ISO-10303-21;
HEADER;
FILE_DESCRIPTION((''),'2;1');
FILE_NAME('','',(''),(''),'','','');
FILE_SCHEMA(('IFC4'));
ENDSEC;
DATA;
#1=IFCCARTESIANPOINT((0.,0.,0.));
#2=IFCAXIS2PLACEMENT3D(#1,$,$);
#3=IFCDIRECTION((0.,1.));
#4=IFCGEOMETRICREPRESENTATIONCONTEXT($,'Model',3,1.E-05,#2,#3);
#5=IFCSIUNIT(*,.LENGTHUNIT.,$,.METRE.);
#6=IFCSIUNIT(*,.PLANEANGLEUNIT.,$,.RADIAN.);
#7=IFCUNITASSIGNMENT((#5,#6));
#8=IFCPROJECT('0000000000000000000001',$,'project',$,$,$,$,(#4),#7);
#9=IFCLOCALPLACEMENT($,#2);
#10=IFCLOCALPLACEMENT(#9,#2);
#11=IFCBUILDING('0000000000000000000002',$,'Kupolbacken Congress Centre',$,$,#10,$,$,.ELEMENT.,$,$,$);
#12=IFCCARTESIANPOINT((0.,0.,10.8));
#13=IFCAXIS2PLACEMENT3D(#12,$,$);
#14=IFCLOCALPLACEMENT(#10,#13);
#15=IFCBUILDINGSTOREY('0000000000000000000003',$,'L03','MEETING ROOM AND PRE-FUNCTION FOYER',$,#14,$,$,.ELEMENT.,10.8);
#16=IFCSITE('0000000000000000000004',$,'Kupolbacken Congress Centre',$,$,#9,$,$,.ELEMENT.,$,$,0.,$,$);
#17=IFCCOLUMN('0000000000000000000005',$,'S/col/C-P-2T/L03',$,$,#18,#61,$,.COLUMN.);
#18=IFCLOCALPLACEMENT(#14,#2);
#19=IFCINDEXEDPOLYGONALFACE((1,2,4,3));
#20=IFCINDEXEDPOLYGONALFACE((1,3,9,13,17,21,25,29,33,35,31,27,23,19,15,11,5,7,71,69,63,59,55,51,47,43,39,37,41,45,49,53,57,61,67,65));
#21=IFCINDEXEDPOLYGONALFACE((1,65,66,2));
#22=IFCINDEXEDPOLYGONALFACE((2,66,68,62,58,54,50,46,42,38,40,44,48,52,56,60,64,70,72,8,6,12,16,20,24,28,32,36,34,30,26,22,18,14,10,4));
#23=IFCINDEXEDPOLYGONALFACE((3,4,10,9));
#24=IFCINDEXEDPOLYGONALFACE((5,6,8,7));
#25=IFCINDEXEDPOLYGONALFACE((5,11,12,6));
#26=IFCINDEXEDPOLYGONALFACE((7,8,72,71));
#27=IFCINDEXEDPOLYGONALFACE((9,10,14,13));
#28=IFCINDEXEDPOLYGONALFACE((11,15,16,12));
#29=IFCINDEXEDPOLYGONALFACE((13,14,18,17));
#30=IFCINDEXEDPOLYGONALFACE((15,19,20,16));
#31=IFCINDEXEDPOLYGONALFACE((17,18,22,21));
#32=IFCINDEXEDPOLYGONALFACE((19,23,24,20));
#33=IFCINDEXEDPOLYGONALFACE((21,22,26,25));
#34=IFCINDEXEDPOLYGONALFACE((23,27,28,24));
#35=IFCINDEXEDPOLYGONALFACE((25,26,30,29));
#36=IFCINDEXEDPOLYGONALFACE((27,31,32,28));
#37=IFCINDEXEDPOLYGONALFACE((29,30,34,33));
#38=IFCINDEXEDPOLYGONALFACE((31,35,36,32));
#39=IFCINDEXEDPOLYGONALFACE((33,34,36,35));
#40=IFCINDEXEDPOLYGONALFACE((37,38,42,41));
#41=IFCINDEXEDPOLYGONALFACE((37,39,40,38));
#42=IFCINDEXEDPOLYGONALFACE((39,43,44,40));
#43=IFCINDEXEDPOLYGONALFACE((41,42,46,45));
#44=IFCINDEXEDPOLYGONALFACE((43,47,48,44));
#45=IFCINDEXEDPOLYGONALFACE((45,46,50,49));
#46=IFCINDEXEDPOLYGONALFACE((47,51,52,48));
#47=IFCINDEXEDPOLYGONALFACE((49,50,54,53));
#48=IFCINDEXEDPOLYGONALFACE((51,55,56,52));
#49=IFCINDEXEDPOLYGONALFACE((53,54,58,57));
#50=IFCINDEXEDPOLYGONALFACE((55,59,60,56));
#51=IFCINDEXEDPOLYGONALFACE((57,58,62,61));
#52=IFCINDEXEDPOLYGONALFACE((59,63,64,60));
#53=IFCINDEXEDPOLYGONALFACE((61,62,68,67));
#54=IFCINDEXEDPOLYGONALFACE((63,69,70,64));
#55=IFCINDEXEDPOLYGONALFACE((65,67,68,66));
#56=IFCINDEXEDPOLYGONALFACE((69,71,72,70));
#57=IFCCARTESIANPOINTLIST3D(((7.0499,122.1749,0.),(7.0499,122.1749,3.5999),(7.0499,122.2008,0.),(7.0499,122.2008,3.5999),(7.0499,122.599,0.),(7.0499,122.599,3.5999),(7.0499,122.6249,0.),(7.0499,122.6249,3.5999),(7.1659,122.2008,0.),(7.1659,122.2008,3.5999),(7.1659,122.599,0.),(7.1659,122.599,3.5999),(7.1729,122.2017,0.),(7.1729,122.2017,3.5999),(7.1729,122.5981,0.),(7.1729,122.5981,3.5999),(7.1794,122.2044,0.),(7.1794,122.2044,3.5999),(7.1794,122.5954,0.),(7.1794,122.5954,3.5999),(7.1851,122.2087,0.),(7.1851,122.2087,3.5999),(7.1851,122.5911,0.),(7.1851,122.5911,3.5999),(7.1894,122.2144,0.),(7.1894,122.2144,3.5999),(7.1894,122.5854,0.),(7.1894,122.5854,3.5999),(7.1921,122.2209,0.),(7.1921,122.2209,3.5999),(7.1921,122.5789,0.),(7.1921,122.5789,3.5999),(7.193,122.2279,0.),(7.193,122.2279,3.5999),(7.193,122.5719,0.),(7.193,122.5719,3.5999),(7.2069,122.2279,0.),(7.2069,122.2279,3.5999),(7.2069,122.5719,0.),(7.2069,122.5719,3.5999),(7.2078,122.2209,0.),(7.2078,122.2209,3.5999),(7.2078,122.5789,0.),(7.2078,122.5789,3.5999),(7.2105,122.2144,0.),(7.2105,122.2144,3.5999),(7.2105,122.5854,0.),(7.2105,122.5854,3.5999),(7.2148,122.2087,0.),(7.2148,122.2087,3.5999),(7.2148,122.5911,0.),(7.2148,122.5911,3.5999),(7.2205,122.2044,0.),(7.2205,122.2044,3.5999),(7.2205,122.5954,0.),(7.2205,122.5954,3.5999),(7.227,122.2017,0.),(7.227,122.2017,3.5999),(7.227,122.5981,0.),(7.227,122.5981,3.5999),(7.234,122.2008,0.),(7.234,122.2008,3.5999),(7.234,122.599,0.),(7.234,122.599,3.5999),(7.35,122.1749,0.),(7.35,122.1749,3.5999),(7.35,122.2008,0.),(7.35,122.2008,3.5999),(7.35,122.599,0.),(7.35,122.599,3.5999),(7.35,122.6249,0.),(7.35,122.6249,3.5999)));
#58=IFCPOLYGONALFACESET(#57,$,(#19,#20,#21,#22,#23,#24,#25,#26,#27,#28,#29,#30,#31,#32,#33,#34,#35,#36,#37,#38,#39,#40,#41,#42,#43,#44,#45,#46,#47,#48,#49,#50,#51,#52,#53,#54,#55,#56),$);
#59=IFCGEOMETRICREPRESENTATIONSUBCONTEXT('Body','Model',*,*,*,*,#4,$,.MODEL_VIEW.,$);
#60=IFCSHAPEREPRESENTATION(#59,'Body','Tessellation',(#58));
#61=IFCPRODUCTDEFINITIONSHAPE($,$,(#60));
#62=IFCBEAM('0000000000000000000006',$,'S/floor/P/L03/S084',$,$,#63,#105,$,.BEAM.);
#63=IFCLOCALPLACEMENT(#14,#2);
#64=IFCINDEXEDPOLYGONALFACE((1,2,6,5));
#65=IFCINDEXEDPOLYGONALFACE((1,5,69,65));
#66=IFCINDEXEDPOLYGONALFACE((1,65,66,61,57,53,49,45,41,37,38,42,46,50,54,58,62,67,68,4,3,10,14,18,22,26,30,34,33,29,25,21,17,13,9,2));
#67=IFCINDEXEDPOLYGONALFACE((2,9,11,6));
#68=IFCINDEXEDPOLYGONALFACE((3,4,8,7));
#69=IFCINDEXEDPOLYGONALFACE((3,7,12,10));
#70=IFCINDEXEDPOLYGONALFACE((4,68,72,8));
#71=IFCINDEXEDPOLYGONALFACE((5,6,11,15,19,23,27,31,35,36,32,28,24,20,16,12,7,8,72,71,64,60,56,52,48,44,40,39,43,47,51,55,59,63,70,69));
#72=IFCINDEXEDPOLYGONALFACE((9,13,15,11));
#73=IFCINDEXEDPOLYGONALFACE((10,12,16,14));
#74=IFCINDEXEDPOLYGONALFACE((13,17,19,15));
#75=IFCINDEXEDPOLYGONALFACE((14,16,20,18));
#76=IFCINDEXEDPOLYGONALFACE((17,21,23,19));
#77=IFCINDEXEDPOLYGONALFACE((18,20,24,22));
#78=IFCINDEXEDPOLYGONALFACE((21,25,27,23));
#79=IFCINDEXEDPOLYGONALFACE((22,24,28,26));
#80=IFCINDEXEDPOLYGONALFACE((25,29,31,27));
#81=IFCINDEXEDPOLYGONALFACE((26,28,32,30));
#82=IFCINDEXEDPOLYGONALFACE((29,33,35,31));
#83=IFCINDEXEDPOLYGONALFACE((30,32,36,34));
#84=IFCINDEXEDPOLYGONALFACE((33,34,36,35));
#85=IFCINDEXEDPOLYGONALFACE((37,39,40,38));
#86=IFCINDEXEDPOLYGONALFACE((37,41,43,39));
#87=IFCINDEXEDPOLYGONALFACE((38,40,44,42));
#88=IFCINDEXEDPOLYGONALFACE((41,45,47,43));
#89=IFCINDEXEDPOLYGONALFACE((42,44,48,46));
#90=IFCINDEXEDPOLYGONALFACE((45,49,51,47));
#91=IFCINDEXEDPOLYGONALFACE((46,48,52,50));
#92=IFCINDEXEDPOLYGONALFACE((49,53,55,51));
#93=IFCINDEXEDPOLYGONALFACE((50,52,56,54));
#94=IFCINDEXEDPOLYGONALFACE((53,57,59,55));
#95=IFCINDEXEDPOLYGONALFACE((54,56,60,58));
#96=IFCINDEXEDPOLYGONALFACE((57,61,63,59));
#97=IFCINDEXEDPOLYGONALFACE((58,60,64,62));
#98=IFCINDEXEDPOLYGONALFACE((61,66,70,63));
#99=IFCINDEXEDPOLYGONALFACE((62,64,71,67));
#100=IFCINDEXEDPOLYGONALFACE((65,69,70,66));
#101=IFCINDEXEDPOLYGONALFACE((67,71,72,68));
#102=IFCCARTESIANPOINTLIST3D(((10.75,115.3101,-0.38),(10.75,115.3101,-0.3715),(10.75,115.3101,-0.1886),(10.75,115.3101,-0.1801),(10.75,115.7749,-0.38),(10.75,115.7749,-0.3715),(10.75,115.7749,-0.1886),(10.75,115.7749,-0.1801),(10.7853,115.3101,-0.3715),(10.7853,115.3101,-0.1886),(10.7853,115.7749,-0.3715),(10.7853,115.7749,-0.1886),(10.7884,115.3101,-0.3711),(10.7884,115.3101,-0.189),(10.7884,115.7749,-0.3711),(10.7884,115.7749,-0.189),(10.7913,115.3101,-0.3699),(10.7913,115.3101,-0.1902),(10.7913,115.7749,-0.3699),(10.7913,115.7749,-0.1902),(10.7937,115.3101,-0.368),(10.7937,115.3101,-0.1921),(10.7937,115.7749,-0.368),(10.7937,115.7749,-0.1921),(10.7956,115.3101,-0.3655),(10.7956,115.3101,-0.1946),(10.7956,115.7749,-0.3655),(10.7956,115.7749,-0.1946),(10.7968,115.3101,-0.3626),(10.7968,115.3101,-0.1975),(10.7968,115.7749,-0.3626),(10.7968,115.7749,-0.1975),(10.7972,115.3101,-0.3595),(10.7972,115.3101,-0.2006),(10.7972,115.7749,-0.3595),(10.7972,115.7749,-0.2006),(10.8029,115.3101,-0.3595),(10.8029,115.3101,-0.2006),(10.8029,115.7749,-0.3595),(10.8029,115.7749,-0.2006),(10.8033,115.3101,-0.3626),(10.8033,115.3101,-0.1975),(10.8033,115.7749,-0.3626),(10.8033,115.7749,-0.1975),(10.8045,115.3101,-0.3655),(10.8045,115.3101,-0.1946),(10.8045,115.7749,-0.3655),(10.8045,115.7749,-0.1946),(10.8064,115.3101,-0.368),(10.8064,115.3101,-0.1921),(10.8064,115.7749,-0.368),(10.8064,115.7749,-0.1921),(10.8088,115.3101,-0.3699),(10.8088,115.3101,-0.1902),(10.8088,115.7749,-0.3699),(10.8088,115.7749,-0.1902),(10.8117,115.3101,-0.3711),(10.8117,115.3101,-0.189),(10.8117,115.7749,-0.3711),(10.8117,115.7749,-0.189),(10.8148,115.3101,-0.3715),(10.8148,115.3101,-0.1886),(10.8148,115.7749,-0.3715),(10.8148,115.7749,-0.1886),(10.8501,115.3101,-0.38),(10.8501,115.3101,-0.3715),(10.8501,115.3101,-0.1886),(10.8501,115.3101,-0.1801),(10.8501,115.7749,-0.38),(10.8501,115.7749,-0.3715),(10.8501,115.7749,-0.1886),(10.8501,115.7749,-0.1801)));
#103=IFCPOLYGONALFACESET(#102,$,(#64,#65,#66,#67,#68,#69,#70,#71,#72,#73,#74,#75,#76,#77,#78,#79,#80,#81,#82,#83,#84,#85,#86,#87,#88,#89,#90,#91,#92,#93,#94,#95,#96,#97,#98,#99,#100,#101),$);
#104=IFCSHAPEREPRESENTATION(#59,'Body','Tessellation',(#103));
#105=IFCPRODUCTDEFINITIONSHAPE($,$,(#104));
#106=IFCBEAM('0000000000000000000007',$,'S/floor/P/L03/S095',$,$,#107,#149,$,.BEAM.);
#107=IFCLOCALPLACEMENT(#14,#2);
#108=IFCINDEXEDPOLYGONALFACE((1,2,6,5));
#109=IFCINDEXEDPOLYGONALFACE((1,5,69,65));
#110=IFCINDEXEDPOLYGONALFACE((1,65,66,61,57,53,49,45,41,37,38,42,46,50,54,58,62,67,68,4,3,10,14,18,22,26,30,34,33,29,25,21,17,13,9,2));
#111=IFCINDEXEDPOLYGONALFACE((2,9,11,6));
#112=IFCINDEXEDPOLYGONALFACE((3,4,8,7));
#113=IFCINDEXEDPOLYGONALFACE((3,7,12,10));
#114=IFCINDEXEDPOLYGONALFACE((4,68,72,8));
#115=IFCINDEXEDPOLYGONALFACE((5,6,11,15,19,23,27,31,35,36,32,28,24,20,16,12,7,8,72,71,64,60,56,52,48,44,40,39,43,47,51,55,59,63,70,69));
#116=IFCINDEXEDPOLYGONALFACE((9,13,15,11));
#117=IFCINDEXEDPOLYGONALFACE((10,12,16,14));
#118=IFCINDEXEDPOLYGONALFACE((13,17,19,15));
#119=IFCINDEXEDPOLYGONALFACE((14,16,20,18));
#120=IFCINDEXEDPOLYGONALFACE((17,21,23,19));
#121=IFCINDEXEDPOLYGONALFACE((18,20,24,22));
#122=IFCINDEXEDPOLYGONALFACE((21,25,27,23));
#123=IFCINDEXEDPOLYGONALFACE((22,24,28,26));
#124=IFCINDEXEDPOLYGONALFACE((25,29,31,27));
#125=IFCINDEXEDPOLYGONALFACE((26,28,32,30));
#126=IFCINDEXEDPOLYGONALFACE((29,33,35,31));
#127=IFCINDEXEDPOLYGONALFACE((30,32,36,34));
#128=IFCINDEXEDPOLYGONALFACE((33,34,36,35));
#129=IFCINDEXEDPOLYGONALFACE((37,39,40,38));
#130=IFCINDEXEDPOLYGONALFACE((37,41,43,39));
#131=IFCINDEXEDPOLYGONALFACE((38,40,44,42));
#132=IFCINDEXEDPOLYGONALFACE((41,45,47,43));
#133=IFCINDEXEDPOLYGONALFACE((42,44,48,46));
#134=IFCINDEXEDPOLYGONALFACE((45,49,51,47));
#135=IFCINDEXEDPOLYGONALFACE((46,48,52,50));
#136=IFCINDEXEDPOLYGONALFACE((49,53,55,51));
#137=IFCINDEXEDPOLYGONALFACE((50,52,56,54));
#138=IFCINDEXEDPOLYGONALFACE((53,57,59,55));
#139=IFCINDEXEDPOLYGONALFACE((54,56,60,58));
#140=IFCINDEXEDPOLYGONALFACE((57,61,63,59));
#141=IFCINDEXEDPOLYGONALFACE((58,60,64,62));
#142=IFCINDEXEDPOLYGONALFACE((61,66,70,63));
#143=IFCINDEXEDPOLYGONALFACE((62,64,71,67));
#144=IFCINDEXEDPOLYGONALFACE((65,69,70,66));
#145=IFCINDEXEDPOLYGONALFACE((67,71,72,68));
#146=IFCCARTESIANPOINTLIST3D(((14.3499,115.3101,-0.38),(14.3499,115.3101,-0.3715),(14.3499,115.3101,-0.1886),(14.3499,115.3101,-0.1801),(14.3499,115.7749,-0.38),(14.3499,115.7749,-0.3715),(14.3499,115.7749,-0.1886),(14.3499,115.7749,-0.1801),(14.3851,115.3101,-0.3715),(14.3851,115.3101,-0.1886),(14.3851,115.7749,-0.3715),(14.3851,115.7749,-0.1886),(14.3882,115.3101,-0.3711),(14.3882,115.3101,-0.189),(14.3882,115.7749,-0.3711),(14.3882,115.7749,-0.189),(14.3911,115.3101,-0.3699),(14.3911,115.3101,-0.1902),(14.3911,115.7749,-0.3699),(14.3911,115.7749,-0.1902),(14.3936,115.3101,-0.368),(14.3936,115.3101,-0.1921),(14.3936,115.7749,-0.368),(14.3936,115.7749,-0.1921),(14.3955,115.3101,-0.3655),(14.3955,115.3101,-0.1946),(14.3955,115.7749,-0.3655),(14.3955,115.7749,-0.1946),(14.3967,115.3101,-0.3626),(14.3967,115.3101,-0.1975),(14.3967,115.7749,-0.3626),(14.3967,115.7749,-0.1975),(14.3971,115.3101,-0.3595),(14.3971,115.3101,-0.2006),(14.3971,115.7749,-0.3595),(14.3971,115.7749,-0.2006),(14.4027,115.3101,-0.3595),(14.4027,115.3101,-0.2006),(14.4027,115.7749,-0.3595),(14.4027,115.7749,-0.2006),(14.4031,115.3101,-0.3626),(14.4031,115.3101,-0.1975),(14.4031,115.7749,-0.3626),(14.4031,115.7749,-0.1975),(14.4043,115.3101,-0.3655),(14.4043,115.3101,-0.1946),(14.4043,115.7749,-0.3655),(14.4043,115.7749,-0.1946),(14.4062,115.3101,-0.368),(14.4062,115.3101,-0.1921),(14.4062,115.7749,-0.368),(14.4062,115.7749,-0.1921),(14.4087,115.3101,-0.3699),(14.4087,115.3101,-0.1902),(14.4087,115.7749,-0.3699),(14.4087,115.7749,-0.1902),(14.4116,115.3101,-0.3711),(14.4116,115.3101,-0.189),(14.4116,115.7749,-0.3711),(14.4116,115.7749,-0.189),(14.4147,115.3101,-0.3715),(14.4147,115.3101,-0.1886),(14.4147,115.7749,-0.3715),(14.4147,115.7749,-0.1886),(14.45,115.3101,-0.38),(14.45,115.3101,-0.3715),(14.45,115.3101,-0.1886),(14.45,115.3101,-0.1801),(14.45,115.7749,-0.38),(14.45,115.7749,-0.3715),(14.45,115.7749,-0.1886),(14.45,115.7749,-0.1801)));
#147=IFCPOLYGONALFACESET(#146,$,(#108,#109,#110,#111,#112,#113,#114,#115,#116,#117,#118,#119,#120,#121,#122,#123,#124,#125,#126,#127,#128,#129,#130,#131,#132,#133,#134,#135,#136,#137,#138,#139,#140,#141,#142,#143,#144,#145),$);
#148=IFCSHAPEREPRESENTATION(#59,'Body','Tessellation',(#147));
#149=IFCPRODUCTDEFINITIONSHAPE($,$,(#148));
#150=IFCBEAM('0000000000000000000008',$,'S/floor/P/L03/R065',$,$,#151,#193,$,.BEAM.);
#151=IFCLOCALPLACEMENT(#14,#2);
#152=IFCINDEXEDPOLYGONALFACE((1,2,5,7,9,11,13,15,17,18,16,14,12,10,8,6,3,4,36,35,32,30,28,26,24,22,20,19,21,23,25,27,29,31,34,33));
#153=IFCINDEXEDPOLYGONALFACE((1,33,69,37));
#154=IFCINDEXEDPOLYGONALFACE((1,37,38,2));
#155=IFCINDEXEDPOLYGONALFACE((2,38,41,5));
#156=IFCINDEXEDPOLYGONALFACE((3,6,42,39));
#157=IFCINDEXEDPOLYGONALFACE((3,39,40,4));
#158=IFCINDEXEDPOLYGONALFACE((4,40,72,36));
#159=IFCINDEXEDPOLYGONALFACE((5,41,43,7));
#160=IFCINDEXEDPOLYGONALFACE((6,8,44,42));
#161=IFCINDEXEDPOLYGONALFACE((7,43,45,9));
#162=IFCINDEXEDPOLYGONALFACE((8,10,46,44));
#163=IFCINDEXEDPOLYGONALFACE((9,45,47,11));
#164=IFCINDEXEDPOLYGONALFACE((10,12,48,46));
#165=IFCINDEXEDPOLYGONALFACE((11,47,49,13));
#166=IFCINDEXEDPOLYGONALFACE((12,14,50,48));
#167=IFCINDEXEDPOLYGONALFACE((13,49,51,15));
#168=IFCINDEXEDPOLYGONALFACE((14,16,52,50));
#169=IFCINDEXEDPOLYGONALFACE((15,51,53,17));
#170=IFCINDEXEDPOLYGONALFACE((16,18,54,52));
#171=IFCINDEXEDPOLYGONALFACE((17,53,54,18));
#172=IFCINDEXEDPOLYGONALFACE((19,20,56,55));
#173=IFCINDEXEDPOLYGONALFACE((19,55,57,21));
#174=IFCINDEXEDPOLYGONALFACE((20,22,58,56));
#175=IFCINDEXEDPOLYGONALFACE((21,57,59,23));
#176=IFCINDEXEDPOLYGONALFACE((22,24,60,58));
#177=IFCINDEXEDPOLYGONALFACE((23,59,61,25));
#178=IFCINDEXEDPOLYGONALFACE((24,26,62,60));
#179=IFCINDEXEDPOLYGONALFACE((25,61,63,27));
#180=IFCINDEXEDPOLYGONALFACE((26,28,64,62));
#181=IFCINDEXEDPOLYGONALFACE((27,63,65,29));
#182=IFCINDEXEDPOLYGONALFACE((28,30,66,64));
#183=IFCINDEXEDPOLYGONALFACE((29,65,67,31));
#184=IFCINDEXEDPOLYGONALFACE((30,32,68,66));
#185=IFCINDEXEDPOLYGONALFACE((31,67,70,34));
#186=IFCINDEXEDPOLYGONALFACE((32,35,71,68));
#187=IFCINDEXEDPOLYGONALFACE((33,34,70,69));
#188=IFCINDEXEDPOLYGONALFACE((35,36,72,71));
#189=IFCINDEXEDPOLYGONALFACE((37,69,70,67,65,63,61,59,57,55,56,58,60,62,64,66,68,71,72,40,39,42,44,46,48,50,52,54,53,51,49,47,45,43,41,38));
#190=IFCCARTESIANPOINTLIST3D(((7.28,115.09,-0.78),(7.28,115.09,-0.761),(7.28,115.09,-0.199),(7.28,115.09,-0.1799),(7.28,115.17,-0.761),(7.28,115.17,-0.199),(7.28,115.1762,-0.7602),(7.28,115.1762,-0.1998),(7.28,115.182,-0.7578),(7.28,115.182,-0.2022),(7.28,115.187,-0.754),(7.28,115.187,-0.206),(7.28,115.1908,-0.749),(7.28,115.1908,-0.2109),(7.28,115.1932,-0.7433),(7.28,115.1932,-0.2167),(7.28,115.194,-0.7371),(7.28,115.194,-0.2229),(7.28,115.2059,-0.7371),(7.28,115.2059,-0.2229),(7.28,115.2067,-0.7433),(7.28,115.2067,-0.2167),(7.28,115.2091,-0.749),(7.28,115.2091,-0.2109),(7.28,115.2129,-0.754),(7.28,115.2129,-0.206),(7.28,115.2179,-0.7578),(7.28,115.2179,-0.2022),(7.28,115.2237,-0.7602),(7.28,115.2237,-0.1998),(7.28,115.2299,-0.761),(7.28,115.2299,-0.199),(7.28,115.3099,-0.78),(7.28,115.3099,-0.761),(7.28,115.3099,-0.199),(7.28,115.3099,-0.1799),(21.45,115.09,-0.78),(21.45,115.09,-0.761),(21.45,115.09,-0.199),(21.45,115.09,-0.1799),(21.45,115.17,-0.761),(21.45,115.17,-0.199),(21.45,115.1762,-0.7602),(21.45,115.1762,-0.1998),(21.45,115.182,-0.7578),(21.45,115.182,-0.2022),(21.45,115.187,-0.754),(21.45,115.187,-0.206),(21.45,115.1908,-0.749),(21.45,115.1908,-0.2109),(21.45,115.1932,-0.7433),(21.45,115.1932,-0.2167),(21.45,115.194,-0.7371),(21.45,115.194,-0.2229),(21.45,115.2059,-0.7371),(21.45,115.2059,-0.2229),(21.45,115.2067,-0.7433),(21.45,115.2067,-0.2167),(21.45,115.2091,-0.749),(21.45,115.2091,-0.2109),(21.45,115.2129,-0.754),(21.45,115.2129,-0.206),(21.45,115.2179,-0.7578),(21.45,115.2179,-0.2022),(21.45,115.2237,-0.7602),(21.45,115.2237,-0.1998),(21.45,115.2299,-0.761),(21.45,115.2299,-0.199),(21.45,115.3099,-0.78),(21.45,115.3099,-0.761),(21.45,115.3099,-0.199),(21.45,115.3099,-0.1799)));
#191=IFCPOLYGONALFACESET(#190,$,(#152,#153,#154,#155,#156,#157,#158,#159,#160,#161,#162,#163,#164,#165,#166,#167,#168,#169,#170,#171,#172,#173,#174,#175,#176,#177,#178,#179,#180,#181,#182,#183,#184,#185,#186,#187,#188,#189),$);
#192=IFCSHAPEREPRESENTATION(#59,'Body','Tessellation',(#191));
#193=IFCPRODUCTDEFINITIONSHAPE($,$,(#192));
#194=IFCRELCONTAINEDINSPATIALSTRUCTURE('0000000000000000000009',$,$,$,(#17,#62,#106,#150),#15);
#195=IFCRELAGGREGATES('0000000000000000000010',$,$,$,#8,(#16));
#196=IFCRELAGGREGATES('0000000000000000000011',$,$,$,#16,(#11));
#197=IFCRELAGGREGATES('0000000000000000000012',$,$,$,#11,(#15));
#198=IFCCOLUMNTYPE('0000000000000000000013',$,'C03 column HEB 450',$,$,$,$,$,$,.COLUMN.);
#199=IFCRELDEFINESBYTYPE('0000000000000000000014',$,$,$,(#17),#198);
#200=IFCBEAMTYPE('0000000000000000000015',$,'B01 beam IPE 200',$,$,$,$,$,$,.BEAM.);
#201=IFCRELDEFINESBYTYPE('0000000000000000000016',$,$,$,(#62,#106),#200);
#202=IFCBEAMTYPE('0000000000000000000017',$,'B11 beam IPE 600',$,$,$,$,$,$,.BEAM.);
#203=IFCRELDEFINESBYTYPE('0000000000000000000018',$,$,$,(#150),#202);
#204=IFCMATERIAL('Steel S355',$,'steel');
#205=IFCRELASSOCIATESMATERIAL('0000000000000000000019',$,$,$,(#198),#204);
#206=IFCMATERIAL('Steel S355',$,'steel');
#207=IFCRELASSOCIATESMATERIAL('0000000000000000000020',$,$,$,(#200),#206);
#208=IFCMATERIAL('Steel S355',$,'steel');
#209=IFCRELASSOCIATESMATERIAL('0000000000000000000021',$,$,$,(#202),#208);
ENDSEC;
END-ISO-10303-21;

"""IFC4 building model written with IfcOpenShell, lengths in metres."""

from ifc_helpers import new_model, si_unit, direction, frame, origin, origin_2d, place, context, subcontext, project, spatial, i_section, extrude, material, material_profile, profile_set, type_object, element, save


model = new_model("IFC4")

# Units and contexts
model_context = context("Model", 3, precision=1e-05, world=origin(), true_north=direction((0.0, 1.0)))
body_context = subcontext(model_context, "Body", "Model", "MODEL_VIEW")
ifc_project = project(units=[si_unit("LENGTHUNIT", "METRE"), si_unit("PLANEANGLEUNIT", "RADIAN")], contexts=[model_context])

# Site, building, storey
site_placement = place(None, origin())
site = spatial("IfcSite", under=ifc_project, at=site_placement, Name="Kupolbacken Congress Centre", CompositionType="ELEMENT", RefElevation=0.0)
building_placement = place(site_placement, origin())
building = spatial("IfcBuilding", under=site, at=building_placement, Name="Kupolbacken Congress Centre", CompositionType="ELEMENT")
storey_placement = place(building_placement, frame((0.0, 0.0, 10.8)))
storey = spatial("IfcBuildingStorey", under=building, at=storey_placement, Name="L03", Description="MEETING ROOM AND PRE-FUNCTION FOYER", CompositionType="ELEMENT", Elevation=10.8)

# Column
ifc_material_1 = material(Name="Steel S355", Category="steel")
ifc_material_profile_1 = material_profile(ifc_material_1, i_section(OverallWidth=0.3, OverallDepth=0.45, WebThickness=0.0139, FlangeThickness=0.0259, FilletRadius=0.0271, at=origin_2d()), Name="HEB 450")
ifc_profile_set_1 = profile_set([ifc_material_profile_1], Name="Steel S355")
column_type = type_object("IfcColumnType", Name="C03 column HEB 450", PredefinedType="COLUMN", material=ifc_profile_set_1)
column_placement = place(storey_placement, frame((7.2, 122.3999, 0.0), z_axis=(0.0, 0.0, 1.0), x_axis=(1.0, 0.0, 0.0)))
element("IfcColumn", 1, at=column_placement, inside=storey, type_object=column_type, Name="S/col/C-P-2T/L03", PredefinedType="COLUMN", context=body_context, shape_type="SweptSolid", body=[
    extrude(i_section(OverallWidth=0.3, OverallDepth=0.45, WebThickness=0.0139, FlangeThickness=0.0259, FilletRadius=0.0271, at=origin_2d()), origin(), (0.0, 0.0, 1.0), 3.5999),
])

# Beams
ifc_material_2 = material(Name="Steel S355", Category="steel")
ifc_material_profile_2 = material_profile(ifc_material_2, i_section(OverallWidth=0.1001, OverallDepth=0.2, WebThickness=0.0056, FlangeThickness=0.0085, FilletRadius=0.012, at=origin_2d()), Name="IPE 200")
ifc_profile_set_2 = profile_set([ifc_material_profile_2], Name="Steel S355")
beam_type_1 = type_object("IfcBeamType", Name="B01 beam IPE 200", PredefinedType="BEAM", material=ifc_profile_set_2)
for number, where, z_axis, x_axis, name in (
    (2, (10.8, 115.3101, -0.28), (0.0, 1.0, 0.0), (-1.0, 0.0, 0.0), "S/floor/P/L03/S084"),
    (3, (14.3999, 115.3101, -0.28), (0.0, 1.0, 0.0), (-1.0, 0.0, 0.0), "S/floor/P/L03/S095"),
):
    element("IfcBeam", number, at=place(storey_placement, frame(where, z_axis=z_axis, x_axis=x_axis)), inside=storey, type_object=beam_type_1, Name=name, PredefinedType="BEAM", context=body_context, shape_type="SweptSolid", body=[
        extrude(i_section(OverallWidth=0.1001, OverallDepth=0.2, WebThickness=0.0056, FlangeThickness=0.0085, FilletRadius=0.012, at=origin_2d()), origin(), (0.0, 0.0, 1.0), 0.4648),
    ])
ifc_material_3 = material(Name="Steel S355", Category="steel")
ifc_material_profile_3 = material_profile(ifc_material_3, i_section(OverallWidth=0.22, OverallDepth=0.6001, WebThickness=0.012, FlangeThickness=0.019, FilletRadius=0.0239, at=origin_2d()), Name="IPE 600")
ifc_profile_set_3 = profile_set([ifc_material_profile_3], Name="Steel S355")
beam_type_2 = type_object("IfcBeamType", Name="B11 beam IPE 600", PredefinedType="BEAM", material=ifc_profile_set_3)
beam_placement = place(storey_placement, frame((7.28, 115.2, -0.48), z_axis=(1.0, 0.0, 0.0), x_axis=(0.0, 1.0, 0.0)))
element("IfcBeam", 4, at=beam_placement, inside=storey, type_object=beam_type_2, Name="S/floor/P/L03/R065", PredefinedType="BEAM", context=body_context, shape_type="SweptSolid", body=[
    extrude(i_section(OverallWidth=0.22, OverallDepth=0.6001, WebThickness=0.012, FlangeThickness=0.019, FilletRadius=0.0239, at=origin_2d()), origin(), (0.0, 0.0, 1.0), 14.1699),
])

save(model, "model.ifc")
